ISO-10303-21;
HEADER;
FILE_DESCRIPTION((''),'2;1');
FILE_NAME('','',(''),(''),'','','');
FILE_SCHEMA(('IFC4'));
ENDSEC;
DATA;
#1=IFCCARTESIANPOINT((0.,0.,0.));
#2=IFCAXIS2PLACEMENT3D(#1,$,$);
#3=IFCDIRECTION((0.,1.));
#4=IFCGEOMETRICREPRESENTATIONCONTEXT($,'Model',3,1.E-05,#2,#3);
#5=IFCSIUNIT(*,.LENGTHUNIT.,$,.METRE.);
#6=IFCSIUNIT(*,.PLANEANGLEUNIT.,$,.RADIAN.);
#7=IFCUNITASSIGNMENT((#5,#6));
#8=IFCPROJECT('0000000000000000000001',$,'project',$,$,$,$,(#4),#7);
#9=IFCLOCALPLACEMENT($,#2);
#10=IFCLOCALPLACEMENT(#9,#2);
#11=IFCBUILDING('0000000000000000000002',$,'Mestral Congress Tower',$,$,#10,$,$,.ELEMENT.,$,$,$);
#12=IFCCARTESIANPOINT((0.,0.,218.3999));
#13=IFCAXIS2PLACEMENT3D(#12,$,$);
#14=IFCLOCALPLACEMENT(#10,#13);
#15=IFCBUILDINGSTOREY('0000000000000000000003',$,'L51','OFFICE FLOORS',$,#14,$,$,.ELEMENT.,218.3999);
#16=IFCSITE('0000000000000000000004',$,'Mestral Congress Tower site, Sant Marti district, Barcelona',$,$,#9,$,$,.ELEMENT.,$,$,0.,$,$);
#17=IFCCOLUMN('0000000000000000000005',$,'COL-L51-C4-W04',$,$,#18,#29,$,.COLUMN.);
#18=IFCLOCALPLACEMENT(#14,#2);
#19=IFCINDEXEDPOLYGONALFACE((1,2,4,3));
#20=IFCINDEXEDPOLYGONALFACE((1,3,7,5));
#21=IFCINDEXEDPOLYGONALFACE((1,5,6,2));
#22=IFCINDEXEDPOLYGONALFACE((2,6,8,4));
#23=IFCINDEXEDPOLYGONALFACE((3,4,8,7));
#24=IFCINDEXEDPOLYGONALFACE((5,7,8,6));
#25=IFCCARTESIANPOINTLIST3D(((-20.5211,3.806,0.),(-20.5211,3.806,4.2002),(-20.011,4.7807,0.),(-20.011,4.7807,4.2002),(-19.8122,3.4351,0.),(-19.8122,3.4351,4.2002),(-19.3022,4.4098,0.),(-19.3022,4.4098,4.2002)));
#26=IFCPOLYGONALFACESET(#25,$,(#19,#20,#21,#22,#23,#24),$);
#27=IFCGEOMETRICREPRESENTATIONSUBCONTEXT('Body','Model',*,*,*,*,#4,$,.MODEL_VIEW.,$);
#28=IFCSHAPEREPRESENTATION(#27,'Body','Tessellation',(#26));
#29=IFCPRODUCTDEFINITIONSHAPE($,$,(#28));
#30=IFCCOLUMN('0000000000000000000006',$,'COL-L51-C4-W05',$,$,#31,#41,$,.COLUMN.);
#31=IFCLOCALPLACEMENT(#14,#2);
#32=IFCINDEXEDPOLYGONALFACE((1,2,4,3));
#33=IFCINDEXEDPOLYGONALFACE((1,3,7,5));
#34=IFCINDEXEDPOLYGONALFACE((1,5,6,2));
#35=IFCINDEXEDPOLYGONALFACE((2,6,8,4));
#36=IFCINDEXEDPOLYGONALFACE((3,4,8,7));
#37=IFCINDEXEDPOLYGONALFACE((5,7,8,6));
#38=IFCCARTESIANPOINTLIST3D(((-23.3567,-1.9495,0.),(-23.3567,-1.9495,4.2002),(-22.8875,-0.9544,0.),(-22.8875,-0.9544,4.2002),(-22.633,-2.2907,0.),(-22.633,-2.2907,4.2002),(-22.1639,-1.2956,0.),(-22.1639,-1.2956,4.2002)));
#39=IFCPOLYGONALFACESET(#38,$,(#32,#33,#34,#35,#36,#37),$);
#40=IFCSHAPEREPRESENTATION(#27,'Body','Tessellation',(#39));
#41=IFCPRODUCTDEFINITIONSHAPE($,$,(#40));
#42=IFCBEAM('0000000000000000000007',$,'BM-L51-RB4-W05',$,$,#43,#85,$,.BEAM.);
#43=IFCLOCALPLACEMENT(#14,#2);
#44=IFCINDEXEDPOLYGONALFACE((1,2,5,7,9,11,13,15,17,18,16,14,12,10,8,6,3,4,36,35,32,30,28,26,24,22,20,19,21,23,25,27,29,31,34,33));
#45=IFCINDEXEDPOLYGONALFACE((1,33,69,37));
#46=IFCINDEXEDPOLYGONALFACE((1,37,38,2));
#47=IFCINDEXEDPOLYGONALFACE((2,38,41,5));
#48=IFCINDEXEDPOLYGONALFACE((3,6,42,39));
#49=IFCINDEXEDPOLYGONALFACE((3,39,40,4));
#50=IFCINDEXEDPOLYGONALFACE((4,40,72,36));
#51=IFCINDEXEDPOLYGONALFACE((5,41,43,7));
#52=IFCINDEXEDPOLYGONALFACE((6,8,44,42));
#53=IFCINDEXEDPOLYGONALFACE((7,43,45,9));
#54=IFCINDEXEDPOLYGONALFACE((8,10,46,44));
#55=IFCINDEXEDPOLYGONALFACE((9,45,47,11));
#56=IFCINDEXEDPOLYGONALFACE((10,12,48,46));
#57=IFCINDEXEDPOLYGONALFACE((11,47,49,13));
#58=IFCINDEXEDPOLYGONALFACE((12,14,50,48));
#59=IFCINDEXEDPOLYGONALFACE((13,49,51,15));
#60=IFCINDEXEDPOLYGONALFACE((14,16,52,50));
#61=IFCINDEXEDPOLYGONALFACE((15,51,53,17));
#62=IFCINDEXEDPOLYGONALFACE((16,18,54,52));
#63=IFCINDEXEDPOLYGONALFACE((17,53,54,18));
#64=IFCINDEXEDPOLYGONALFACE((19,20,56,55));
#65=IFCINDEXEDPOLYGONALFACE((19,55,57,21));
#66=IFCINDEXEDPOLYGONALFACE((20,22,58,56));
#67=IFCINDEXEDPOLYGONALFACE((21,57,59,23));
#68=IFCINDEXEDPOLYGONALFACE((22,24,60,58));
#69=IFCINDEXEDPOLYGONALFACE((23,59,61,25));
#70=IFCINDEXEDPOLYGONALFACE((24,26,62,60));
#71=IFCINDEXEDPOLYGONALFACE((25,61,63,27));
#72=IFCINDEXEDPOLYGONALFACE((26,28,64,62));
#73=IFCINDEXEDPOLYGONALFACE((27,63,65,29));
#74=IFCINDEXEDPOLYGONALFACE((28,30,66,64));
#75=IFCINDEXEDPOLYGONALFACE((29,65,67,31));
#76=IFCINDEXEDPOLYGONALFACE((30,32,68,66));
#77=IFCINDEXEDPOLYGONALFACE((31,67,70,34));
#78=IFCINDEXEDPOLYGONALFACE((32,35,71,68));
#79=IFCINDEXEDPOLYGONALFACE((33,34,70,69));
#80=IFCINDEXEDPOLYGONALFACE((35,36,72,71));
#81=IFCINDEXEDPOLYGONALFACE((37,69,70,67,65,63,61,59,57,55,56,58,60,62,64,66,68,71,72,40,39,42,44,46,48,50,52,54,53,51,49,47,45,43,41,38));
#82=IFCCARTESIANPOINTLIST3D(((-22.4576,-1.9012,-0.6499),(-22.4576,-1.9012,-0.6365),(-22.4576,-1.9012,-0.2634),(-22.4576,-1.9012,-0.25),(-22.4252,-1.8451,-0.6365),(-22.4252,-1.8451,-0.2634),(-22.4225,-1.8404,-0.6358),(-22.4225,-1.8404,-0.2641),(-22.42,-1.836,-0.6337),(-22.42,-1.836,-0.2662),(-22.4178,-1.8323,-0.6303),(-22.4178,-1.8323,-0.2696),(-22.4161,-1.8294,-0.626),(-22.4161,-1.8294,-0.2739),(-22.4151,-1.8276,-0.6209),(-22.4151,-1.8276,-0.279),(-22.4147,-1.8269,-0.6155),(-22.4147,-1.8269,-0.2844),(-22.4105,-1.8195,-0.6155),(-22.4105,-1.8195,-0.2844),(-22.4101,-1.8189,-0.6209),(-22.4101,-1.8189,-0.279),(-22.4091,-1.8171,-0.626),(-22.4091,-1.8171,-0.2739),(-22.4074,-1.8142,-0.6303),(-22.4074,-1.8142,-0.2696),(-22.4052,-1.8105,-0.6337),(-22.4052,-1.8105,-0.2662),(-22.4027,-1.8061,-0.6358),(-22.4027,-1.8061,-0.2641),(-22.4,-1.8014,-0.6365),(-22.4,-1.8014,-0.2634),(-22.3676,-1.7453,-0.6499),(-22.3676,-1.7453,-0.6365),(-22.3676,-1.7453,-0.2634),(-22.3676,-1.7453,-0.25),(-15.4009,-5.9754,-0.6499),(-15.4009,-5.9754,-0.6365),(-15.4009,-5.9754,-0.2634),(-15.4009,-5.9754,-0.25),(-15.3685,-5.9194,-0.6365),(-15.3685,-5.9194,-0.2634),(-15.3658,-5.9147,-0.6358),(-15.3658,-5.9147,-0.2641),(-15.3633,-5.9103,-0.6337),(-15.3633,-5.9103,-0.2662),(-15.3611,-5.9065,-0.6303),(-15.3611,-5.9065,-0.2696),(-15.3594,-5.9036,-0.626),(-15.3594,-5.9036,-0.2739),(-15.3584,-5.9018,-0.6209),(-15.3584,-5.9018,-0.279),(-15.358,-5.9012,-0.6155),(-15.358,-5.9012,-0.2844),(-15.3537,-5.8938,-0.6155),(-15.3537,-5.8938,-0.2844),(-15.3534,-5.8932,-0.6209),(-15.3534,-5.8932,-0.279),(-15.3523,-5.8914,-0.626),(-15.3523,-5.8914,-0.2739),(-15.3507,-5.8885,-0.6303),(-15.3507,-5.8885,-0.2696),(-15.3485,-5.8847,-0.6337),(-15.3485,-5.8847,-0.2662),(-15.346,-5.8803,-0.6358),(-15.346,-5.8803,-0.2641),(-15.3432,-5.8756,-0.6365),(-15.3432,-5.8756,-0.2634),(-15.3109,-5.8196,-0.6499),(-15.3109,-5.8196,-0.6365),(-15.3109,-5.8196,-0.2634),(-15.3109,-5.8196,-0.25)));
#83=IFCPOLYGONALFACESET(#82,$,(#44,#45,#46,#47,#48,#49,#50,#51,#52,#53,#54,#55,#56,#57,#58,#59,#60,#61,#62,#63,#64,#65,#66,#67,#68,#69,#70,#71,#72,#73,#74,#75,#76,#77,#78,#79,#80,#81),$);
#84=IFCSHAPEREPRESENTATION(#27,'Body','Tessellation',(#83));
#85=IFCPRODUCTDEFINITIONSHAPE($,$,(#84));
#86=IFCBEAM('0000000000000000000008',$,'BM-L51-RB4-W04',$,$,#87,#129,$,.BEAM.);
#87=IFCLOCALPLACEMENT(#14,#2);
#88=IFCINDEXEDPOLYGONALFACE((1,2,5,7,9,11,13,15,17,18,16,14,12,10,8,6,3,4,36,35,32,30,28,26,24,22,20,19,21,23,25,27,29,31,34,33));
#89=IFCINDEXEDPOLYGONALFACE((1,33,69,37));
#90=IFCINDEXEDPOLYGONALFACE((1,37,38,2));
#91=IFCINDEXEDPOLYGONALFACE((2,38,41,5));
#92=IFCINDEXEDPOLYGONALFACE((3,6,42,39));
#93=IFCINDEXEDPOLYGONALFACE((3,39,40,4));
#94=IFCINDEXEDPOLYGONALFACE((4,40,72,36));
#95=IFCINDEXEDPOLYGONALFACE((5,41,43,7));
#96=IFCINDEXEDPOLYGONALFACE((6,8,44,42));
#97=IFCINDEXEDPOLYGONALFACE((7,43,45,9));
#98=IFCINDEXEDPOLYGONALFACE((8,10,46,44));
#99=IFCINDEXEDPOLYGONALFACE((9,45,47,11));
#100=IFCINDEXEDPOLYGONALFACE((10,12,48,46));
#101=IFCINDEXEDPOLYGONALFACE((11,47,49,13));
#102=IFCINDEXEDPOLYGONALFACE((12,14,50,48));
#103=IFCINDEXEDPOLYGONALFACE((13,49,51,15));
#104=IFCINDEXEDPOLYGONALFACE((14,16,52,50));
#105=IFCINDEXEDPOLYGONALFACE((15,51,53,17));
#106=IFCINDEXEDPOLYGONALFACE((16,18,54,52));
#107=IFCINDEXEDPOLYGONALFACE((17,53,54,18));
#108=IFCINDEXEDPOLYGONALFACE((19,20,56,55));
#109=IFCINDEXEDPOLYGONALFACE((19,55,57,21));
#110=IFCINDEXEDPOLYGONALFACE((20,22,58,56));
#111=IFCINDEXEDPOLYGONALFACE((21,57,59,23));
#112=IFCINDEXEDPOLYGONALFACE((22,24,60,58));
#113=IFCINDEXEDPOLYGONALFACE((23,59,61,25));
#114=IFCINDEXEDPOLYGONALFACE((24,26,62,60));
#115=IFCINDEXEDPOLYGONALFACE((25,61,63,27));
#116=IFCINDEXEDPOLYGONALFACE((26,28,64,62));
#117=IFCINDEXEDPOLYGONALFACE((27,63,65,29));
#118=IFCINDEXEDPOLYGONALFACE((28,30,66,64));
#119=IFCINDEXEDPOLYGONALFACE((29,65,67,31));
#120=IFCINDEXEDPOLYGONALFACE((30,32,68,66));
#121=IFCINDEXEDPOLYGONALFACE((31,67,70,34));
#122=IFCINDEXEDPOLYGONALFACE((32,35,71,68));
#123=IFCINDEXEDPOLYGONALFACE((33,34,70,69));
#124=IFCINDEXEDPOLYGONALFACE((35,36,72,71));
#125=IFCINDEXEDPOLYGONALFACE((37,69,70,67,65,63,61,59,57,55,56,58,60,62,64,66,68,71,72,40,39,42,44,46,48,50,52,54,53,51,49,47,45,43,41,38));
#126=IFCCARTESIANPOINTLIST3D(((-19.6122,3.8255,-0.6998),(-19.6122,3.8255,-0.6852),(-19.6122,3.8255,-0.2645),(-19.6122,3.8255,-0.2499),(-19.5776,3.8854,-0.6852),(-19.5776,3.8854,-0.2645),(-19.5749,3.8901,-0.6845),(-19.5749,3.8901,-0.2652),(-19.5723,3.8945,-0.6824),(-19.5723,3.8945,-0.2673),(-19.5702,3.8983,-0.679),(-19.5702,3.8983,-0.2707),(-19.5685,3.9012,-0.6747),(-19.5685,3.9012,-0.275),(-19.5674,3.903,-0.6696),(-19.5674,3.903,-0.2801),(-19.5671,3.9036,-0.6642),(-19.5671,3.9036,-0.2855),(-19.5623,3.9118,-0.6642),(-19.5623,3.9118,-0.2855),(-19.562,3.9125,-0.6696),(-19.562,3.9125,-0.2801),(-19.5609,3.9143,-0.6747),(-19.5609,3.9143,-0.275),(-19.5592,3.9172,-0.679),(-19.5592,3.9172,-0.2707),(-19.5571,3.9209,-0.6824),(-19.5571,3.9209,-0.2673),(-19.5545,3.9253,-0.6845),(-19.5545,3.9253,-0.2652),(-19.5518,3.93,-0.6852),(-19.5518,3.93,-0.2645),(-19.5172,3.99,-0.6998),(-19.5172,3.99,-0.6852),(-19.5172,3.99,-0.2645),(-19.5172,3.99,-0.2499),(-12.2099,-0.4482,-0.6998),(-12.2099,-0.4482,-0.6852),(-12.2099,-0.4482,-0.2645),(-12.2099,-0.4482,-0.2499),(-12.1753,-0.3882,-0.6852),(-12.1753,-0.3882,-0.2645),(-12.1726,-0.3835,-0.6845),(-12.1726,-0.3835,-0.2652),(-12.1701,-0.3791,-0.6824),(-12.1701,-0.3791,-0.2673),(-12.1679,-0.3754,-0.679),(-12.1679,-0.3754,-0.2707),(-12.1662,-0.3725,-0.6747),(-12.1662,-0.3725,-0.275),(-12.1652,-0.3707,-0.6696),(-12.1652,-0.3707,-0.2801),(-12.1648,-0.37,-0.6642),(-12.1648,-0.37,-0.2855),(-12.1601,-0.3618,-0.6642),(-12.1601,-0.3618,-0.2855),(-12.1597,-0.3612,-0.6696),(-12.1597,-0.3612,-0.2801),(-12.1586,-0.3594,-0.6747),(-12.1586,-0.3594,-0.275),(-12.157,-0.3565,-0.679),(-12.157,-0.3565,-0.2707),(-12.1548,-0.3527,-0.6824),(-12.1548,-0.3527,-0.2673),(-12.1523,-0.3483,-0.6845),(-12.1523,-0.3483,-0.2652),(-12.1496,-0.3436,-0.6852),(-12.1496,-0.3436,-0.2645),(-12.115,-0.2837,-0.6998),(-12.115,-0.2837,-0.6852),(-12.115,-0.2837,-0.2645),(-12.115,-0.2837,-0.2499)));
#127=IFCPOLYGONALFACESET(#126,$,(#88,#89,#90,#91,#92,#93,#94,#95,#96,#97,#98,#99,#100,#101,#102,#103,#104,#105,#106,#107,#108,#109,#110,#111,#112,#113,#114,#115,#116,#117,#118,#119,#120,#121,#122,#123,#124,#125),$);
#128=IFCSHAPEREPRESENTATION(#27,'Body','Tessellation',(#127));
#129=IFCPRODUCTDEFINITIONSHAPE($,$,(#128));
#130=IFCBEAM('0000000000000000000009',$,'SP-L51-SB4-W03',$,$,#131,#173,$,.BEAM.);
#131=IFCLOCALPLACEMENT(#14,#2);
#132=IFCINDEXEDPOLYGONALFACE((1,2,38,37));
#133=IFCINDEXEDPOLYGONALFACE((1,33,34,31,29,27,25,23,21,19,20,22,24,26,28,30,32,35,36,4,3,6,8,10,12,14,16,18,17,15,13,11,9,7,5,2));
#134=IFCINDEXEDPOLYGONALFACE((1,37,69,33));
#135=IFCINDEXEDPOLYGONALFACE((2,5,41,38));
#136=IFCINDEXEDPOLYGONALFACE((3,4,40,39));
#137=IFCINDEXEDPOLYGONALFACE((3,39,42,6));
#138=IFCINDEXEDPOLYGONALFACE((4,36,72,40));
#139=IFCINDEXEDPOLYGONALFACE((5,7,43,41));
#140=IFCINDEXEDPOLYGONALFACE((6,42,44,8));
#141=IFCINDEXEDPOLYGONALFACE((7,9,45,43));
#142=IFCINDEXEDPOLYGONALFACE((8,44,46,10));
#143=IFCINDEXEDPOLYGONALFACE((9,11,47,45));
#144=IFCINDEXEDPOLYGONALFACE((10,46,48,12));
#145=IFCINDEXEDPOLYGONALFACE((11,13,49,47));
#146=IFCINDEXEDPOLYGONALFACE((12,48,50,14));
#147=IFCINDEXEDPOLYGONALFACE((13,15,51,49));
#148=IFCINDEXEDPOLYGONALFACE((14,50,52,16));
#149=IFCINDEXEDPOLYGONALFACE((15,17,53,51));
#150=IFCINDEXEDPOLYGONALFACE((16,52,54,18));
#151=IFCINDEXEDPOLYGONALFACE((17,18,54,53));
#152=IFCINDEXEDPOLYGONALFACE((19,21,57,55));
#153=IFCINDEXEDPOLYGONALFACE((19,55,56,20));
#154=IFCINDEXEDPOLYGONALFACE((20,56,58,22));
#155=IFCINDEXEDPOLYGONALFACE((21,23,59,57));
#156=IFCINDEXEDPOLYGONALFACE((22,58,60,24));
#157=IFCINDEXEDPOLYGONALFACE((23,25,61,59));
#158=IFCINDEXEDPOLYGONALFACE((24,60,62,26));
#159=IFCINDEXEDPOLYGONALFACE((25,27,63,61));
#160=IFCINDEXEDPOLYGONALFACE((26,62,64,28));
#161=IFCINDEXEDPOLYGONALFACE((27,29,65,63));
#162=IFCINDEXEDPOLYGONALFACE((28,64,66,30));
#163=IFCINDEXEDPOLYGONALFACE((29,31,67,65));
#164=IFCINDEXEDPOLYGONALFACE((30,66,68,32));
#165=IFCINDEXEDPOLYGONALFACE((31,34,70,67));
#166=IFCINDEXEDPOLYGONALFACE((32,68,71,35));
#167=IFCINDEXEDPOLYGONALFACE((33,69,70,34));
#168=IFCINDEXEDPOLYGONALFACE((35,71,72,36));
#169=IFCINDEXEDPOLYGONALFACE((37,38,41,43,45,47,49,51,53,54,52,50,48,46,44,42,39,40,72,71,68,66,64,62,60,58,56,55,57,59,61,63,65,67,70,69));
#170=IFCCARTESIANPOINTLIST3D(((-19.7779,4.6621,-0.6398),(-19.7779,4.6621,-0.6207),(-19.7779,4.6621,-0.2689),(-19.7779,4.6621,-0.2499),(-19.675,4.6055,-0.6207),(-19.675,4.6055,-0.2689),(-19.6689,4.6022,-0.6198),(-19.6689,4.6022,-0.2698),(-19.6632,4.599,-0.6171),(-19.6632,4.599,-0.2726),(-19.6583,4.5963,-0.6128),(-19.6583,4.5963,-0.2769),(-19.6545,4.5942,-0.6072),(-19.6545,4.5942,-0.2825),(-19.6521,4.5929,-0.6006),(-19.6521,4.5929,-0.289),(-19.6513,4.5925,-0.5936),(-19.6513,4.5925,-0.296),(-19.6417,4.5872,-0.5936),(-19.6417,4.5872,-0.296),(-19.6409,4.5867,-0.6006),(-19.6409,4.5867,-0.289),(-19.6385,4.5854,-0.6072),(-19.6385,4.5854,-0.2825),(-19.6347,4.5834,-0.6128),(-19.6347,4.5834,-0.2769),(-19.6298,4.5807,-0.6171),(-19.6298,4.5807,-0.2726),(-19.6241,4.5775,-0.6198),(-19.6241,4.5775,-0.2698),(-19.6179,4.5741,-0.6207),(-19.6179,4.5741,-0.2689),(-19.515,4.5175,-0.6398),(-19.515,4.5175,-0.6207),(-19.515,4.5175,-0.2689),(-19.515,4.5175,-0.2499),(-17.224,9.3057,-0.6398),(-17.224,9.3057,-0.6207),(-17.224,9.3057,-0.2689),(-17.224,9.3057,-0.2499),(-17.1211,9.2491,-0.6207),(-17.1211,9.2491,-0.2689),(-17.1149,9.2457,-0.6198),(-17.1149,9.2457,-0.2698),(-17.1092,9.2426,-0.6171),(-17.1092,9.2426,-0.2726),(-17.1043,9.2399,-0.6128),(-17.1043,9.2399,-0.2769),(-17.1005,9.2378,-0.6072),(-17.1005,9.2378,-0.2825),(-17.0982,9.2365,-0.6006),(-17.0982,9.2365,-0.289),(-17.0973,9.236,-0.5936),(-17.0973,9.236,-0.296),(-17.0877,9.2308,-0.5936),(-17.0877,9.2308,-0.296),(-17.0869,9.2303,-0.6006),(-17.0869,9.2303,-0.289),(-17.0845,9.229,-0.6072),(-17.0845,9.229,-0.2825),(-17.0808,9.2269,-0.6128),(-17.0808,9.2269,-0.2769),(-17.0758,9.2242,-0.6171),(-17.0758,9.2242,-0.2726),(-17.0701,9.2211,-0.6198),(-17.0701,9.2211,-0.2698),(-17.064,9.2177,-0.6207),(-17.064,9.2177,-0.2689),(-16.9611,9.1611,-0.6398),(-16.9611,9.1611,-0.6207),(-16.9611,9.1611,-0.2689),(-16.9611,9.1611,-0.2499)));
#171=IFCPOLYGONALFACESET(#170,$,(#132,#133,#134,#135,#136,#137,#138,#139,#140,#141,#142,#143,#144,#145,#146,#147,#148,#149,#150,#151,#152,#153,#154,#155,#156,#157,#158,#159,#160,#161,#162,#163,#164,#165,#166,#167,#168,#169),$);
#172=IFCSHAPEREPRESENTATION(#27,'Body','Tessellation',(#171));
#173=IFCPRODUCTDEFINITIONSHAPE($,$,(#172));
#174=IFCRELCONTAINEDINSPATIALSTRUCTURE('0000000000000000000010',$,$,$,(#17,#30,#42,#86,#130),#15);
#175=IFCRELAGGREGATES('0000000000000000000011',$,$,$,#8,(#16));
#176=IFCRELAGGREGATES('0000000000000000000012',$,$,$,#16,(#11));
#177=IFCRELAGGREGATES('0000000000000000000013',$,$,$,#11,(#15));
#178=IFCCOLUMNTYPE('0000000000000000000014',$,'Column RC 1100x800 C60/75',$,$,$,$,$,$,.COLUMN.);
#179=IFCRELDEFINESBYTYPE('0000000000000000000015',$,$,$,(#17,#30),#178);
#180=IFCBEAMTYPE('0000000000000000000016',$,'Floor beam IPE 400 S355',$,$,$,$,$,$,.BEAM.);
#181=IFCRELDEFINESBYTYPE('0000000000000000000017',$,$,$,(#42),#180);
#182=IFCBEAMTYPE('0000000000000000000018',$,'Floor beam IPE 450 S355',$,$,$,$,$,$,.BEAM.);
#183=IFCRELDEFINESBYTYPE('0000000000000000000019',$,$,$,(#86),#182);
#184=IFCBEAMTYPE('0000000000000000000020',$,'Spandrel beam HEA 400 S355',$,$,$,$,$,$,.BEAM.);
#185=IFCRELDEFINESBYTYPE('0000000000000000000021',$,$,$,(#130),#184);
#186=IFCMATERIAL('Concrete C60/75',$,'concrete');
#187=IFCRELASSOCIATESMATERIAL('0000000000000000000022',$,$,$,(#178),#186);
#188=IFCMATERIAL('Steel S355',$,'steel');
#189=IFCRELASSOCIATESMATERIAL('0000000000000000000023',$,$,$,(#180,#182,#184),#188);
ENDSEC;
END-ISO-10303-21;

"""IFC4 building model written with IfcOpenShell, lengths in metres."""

from ifc_helpers import new_model, si_unit, direction, frame, origin, origin_2d, place, context, subcontext, project, spatial, rectangle, i_section, extrude, material, material_profile, profile_set, type_object, element, save


model = new_model("IFC4")

# Units and contexts
model_context = context("Model", 3, precision=1e-05, world=origin(), true_north=direction((0.0, 1.0)))
body_context = subcontext(model_context, "Body", "Model", "MODEL_VIEW")
ifc_project = project(units=[si_unit("LENGTHUNIT", "METRE"), si_unit("PLANEANGLEUNIT", "RADIAN")], contexts=[model_context])

# Site, building, storey
site_placement = place(None, origin())
site = spatial("IfcSite", under=ifc_project, at=site_placement, Name="Mestral Congress Tower site, Sant Marti district, Barcelona", CompositionType="ELEMENT", RefElevation=0.0)
building_placement = place(site_placement, origin())
building = spatial("IfcBuilding", under=site, at=building_placement, Name="Mestral Congress Tower", CompositionType="ELEMENT")
storey_placement = place(building_placement, frame((0.0, 0.0, 218.3999)))
storey = spatial("IfcBuildingStorey", under=building, at=storey_placement, Name="L51", Description="OFFICE FLOORS", CompositionType="ELEMENT", Elevation=218.3999)

# Columns
ifc_material_1 = material(Name="Concrete C60/75", Category="concrete")
ifc_material_profile_1 = material_profile(ifc_material_1, rectangle(XDim=1.1001, YDim=0.8, at=origin_2d()), Name="RC 1100x800")
ifc_profile_set_1 = profile_set([ifc_material_profile_1], Name="Concrete C60/75")
column_type = type_object("IfcColumnType", Name="Column RC 1100x800 C60/75", PredefinedType="COLUMN", material=ifc_profile_set_1)
for number, where, z_axis, x_axis, name in (
    (1, (-19.9116, 4.1079, 0.0), (0.0, 0.0, 1.0), (-0.463636, -0.886026, 0.0), "COL-L51-C4-W04"),
    (2, (-22.7603, -1.6226, 0.0), (0.0, 0.0, 1.0), (-0.426472, -0.904501, 0.0), "COL-L51-C4-W05"),
):
    element("IfcColumn", number, at=place(storey_placement, frame(where, z_axis=z_axis, x_axis=x_axis)), inside=storey, type_object=column_type, Name=name, PredefinedType="COLUMN", context=body_context, shape_type="SweptSolid", body=[
        extrude(rectangle(XDim=1.1001, YDim=0.8, at=origin_2d()), origin(), (0.0, 0.0, 1.0), 4.2002),
    ])

# Beams
ifc_material_2 = material(Name="Steel S355", Category="steel")
ifc_material_profile_2 = material_profile(ifc_material_2, i_section(OverallWidth=0.1799, OverallDepth=0.3999, WebThickness=0.0085, FlangeThickness=0.0134, FilletRadius=0.021, at=origin_2d()), Name="IPE 400")
ifc_profile_set_2 = profile_set([ifc_material_profile_2], Name="Steel S355")
beam_type_1 = type_object("IfcBeamType", Name="Floor beam IPE 400 S355", PredefinedType="BEAM", material=ifc_profile_set_2)
beam_1_placement = place(storey_placement, frame((-22.4126, -1.8232, -0.45), z_axis=(0.866022, -0.500006, 0.0), x_axis=(0.500006, 0.866022, 0.0)))
element("IfcBeam", 3, at=beam_1_placement, inside=storey, type_object=beam_type_1, Name="BM-L51-RB4-W05", PredefinedType="BEAM", context=body_context, shape_type="SweptSolid", body=[
    extrude(i_section(OverallWidth=0.1799, OverallDepth=0.3999, WebThickness=0.0085, FlangeThickness=0.0134, FilletRadius=0.021, at=origin_2d()), origin(), (0.0, 0.0, 1.0), 8.1484),
])
ifc_material_profile_3 = material_profile(ifc_material_2, i_section(OverallWidth=0.1899, OverallDepth=0.45, WebThickness=0.0095, FlangeThickness=0.0146, FilletRadius=0.021, at=origin_2d()), Name="IPE 450")
ifc_profile_set_3 = profile_set([ifc_material_profile_3], Name="Steel S355")
beam_type_2 = type_object("IfcBeamType", Name="Floor beam IPE 450 S355", PredefinedType="BEAM", material=ifc_profile_set_3)
beam_2_placement = place(storey_placement, frame((-19.5647, 3.9077, -0.4749), z_axis=(0.866029, -0.499994, 0.0), x_axis=(0.499994, 0.866029, 0.0)))
element("IfcBeam", 4, at=beam_2_placement, inside=storey, type_object=beam_type_2, Name="BM-L51-RB4-W04", PredefinedType="BEAM", context=body_context, shape_type="SweptSolid", body=[
    extrude(i_section(OverallWidth=0.1899, OverallDepth=0.45, WebThickness=0.0095, FlangeThickness=0.0146, FilletRadius=0.021, at=origin_2d()), origin(), (0.0, 0.0, 1.0), 8.5474),
])
ifc_material_profile_4 = material_profile(ifc_material_2, i_section(OverallWidth=0.3, OverallDepth=0.3899, WebThickness=0.011, FlangeThickness=0.019, FilletRadius=0.0271, at=origin_2d()), Name="HEA 400")
ifc_profile_set_4 = profile_set([ifc_material_profile_4], Name="Steel S355")
beam_type_3 = type_object("IfcBeamType", Name="Spandrel beam HEA 400 S355", PredefinedType="BEAM", material=ifc_profile_set_4)
beam_3_placement = place(storey_placement, frame((-17.0925, 9.2334, -0.4448), z_axis=(-0.481919, -0.876216, 0.0), x_axis=(0.876216, -0.481919, 0.0)))
element("IfcBeam", 5, at=beam_3_placement, inside=storey, type_object=beam_type_3, Name="SP-L51-SB4-W03", PredefinedType="BEAM", context=body_context, shape_type="SweptSolid", body=[
    extrude(i_section(OverallWidth=0.3, OverallDepth=0.3899, WebThickness=0.011, FlangeThickness=0.019, FilletRadius=0.0271, at=origin_2d()), origin(), (0.0, 0.0, 1.0), 5.2996),
])

save(model, "model.ifc")
